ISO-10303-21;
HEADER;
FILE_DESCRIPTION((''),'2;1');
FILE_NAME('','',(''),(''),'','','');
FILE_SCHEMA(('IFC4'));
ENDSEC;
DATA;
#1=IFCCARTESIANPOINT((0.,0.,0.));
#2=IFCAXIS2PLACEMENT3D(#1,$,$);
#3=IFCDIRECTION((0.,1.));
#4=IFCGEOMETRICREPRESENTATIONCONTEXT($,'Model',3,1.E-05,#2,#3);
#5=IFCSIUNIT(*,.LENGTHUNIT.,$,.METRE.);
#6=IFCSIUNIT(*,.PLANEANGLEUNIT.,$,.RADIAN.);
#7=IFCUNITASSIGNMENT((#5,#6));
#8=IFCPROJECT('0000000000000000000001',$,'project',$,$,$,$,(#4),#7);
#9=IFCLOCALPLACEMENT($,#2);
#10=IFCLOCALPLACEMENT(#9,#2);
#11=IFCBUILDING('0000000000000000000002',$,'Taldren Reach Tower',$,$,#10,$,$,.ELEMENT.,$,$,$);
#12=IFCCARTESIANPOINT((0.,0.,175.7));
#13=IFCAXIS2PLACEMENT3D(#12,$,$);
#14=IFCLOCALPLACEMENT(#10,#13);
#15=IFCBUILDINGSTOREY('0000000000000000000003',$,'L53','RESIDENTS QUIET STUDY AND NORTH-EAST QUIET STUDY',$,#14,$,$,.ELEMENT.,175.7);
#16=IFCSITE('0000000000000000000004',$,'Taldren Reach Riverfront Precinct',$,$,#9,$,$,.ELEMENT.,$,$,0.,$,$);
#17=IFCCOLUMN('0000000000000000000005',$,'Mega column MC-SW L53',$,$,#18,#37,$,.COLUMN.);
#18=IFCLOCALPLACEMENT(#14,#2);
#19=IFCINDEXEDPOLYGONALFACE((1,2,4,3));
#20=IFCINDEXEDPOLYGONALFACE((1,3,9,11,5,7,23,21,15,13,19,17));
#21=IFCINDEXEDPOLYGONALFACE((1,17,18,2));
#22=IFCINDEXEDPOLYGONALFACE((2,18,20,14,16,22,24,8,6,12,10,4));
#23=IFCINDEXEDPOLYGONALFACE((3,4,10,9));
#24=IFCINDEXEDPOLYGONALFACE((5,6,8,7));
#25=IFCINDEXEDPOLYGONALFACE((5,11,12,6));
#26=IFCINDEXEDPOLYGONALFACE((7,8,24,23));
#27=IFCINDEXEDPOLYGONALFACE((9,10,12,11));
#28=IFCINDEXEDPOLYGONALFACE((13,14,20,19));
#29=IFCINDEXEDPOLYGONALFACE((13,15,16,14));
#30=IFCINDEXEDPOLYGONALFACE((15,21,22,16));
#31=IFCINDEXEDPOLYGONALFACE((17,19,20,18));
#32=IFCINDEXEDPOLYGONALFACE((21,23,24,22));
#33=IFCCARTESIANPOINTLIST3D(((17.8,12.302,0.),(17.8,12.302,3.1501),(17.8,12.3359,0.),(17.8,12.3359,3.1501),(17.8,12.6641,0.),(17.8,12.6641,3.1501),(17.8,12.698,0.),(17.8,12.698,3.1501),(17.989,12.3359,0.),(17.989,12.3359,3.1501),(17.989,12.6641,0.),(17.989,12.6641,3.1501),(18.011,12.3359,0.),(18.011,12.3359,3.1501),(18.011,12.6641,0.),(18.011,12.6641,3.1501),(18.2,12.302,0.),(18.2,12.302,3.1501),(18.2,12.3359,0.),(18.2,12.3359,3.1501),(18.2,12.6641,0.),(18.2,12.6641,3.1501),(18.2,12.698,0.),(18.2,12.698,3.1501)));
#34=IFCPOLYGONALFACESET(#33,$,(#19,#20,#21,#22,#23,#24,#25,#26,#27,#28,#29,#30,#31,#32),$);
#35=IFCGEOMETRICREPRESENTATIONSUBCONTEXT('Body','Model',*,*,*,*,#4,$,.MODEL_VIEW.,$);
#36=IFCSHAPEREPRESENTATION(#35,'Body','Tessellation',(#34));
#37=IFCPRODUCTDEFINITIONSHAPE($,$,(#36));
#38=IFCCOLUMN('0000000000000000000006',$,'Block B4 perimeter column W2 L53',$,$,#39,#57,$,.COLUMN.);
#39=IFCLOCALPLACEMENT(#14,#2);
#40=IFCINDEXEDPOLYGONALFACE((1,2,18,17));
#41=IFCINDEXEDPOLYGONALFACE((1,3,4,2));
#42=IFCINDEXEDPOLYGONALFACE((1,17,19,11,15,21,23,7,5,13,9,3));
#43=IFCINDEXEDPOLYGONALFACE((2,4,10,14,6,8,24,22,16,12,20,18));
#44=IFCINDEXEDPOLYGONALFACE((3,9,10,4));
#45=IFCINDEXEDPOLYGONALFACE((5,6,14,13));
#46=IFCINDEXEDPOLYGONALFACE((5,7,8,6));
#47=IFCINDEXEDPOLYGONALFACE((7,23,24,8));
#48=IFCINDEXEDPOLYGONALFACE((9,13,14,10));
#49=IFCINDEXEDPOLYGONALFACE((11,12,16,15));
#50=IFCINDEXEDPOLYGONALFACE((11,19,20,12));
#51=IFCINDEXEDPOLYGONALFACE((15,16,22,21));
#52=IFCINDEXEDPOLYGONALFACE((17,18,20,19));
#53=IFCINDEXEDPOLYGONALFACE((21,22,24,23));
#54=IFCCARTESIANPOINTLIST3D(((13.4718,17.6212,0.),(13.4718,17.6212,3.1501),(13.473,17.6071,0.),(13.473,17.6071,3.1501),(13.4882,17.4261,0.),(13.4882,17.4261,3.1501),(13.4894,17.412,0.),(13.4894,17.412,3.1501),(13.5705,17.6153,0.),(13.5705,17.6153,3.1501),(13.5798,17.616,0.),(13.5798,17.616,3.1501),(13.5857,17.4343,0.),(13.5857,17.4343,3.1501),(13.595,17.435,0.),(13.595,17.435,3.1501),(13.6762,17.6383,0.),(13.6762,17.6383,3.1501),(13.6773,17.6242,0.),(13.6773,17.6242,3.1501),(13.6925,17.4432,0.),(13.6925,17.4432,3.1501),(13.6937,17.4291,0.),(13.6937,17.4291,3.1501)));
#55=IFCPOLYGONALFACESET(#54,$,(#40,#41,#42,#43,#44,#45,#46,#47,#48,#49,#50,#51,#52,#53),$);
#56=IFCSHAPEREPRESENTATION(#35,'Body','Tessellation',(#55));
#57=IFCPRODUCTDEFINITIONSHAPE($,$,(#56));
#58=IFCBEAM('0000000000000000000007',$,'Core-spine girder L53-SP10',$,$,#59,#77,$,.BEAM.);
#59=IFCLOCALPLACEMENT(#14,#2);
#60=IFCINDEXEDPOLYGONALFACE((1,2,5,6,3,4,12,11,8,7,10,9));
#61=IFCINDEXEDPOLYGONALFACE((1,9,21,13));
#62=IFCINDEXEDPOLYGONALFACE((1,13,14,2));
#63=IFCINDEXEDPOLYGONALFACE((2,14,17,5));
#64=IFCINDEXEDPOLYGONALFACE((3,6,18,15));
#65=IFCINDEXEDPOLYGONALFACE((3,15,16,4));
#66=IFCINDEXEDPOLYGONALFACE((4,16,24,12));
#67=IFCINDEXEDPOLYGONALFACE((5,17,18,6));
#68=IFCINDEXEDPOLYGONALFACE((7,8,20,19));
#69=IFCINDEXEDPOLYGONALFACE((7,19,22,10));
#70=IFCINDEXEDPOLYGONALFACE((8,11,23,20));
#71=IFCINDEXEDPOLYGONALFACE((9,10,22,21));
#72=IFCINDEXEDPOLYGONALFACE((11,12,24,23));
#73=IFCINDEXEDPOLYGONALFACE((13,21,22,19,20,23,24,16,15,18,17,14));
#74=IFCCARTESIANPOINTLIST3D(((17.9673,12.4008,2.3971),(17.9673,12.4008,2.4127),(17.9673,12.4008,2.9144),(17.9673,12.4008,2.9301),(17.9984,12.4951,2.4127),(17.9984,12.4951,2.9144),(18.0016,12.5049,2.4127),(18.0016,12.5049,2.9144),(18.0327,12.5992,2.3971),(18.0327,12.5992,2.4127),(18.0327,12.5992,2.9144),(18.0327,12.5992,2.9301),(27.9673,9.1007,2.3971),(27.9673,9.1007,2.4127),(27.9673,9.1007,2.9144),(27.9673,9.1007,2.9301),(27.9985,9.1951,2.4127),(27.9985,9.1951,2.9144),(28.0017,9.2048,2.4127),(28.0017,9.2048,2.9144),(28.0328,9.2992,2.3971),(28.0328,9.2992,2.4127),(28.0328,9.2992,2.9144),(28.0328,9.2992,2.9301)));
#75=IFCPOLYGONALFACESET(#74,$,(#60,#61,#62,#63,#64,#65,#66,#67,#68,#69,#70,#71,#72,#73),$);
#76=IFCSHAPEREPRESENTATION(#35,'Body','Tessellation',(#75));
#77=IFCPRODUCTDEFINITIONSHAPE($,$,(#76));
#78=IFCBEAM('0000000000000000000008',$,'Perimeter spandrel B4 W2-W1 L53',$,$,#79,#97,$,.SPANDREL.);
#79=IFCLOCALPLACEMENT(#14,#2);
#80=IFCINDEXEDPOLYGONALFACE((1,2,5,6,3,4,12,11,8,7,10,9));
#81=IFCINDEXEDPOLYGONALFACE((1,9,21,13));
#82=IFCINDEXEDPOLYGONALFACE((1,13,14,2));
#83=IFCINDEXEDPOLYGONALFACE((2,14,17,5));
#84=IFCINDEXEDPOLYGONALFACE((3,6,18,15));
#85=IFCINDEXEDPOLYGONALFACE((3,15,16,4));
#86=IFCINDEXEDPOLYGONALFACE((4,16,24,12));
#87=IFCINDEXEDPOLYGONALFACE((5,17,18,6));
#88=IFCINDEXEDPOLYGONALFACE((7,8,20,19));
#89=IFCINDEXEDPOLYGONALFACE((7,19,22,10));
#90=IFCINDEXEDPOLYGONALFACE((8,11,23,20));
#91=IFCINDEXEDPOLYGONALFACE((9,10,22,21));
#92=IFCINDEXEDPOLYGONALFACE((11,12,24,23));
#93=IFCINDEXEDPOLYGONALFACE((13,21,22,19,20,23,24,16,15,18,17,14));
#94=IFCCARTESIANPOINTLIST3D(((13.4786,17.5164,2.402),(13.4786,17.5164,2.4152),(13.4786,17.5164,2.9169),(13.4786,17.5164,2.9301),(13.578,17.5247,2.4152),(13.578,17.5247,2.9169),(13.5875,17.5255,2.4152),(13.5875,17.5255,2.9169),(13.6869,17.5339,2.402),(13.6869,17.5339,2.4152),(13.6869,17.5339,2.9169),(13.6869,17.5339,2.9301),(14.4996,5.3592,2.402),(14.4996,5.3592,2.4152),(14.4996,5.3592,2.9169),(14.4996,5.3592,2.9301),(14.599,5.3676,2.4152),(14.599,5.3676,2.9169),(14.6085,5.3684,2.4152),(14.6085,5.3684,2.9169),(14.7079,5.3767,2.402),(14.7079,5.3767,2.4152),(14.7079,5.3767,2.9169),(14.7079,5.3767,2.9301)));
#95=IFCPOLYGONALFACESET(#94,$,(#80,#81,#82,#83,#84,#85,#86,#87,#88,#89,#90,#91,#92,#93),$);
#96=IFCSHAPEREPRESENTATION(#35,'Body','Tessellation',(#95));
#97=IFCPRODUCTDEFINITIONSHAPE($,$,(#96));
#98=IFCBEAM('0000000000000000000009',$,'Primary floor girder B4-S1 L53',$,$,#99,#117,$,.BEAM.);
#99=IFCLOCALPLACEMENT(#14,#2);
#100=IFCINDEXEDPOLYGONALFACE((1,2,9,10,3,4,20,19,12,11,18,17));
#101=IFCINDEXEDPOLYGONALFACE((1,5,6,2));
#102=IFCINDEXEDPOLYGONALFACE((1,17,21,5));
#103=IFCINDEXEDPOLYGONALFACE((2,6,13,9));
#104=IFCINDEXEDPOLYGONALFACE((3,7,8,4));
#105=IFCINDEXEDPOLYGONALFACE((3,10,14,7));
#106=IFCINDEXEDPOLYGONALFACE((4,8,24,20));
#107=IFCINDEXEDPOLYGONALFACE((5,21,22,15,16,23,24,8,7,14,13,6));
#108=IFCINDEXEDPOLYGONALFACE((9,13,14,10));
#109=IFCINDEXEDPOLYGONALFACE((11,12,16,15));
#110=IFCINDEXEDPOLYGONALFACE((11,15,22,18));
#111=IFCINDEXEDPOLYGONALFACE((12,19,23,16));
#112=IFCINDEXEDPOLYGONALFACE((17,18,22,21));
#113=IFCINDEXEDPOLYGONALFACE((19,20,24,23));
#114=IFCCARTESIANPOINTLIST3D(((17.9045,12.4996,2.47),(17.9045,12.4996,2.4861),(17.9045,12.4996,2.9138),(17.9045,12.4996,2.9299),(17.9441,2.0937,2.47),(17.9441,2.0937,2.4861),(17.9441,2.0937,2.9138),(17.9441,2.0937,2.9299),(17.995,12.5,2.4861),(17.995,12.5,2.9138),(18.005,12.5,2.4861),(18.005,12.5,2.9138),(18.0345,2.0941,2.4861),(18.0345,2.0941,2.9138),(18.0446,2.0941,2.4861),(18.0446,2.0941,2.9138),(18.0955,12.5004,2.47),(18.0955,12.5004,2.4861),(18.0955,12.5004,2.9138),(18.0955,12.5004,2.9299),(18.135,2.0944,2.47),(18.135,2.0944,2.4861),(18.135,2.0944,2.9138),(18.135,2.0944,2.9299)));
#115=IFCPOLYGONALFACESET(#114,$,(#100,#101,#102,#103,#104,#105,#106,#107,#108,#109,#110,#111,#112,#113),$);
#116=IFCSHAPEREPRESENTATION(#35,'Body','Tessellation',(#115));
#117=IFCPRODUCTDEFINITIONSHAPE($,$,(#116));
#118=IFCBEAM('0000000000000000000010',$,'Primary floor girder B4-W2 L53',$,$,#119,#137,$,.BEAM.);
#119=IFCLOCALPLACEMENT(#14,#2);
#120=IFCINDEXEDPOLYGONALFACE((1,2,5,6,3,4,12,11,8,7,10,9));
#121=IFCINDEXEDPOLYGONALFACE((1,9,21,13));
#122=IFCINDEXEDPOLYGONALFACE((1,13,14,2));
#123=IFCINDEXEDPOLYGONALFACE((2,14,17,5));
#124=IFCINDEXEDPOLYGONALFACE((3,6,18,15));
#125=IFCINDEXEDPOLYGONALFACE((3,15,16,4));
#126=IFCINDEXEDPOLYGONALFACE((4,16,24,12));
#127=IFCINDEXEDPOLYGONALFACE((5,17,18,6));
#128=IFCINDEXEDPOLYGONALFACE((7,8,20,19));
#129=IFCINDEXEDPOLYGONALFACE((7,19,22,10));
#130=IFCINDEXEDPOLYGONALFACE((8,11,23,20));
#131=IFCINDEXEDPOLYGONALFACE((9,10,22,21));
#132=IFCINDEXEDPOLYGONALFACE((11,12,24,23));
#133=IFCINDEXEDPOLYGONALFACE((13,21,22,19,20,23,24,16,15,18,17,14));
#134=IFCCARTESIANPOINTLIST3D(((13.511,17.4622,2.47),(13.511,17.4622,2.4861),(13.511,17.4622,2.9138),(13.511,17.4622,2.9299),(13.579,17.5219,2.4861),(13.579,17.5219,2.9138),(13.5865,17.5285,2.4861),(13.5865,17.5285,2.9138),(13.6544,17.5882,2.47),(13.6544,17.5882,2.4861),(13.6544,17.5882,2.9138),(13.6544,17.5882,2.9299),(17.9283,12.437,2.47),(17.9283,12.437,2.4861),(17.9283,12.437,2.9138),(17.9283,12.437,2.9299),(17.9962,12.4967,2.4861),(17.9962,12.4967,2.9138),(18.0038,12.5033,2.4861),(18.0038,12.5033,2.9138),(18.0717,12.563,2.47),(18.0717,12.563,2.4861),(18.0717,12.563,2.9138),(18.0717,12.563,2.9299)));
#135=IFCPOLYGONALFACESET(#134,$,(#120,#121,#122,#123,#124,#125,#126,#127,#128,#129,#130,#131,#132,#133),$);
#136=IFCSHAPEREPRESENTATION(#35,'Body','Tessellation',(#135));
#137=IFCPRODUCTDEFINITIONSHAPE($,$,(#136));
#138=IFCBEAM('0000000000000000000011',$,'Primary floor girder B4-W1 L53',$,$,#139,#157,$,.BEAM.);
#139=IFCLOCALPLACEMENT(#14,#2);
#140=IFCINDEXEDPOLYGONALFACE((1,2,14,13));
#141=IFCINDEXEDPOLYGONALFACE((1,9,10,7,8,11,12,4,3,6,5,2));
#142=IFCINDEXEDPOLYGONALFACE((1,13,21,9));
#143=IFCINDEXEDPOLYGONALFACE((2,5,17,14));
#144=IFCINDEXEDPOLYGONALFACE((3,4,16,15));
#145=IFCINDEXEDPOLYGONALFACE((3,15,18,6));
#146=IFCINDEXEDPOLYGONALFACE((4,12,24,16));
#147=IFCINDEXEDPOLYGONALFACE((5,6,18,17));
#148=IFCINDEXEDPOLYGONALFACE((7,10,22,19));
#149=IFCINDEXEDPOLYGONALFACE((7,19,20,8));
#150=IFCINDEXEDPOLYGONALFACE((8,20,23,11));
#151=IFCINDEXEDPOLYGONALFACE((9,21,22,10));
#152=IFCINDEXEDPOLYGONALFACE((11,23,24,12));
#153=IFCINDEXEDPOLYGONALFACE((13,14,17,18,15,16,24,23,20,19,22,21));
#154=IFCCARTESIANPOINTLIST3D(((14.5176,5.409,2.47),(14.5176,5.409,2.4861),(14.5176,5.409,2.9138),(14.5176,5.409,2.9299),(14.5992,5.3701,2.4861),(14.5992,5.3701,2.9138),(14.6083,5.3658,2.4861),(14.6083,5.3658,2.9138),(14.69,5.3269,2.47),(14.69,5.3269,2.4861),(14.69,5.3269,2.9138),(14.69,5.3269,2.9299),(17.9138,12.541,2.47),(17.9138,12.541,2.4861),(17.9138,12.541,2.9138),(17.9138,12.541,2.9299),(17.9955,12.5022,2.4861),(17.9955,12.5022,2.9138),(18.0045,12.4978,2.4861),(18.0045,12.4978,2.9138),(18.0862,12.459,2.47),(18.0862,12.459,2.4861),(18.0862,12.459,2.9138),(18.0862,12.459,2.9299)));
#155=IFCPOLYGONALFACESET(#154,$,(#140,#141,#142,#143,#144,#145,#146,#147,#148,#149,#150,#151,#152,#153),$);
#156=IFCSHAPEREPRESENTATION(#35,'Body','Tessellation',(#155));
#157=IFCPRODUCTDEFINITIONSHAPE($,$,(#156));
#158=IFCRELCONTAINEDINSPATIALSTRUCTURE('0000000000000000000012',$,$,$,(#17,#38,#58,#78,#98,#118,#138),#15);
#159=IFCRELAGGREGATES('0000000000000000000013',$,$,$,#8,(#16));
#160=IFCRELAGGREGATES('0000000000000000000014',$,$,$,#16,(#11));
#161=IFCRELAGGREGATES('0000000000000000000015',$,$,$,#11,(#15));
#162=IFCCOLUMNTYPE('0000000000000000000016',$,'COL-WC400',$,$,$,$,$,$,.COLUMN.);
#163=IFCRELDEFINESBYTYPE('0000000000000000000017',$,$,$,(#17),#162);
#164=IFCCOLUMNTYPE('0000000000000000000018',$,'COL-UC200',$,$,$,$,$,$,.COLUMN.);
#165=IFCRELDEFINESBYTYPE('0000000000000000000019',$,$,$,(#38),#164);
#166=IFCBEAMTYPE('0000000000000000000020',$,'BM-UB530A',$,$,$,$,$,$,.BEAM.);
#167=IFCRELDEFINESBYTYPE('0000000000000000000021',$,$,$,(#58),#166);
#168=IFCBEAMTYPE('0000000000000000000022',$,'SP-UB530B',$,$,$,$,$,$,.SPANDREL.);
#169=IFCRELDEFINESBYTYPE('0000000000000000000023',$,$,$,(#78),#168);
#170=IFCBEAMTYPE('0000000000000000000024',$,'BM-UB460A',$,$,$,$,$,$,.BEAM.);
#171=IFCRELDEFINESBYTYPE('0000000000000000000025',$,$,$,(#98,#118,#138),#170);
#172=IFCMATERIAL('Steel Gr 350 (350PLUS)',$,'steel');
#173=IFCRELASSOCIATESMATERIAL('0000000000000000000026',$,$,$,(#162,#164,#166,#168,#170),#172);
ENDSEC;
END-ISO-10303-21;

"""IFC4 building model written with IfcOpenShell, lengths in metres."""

from ifc_helpers import new_model, si_unit, direction, frame, origin, origin_2d, place, context, subcontext, project, spatial, i_section, extrude, source, transform, mapped, material, material_profile, profile_set, type_object, element, save


model = new_model("IFC4")

# Units and contexts
model_context = context("Model", 3, precision=1e-05, world=origin(), true_north=direction((0.0, 1.0)))
body_context = subcontext(model_context, "Body", "Model", "MODEL_VIEW")
ifc_project = project(units=[si_unit("LENGTHUNIT", "METRE"), si_unit("PLANEANGLEUNIT", "RADIAN")], contexts=[model_context])

# Site, building, storey
site_placement = place(None, origin())
site = spatial("IfcSite", under=ifc_project, at=site_placement, Name="Taldren Reach Riverfront Precinct", CompositionType="ELEMENT", RefElevation=0.0)
building_placement = place(site_placement, origin())
building = spatial("IfcBuilding", under=site, at=building_placement, Name="Taldren Reach Tower", CompositionType="ELEMENT")
storey_placement = place(building_placement, frame((0.0, 0.0, 175.7)))
storey = spatial("IfcBuildingStorey", under=building, at=storey_placement, Name="L53", Description="RESIDENTS QUIET STUDY AND NORTH-EAST QUIET STUDY", CompositionType="ELEMENT", Elevation=175.7)

# Columns
ifc_material_1 = material(Name="Steel Gr 350 (350PLUS)", Category="steel")
ifc_material_profile_1 = material_profile(ifc_material_1, i_section(OverallWidth=0.3999, OverallDepth=0.396, WebThickness=0.022, FlangeThickness=0.0339, at=origin_2d()), Name="400WC270")
ifc_profile_set_1 = profile_set([ifc_material_profile_1], Name="Steel Gr 350 (350PLUS)")
column_type_1 = type_object("IfcColumnType", Name="COL-WC400", PredefinedType="COLUMN", material=ifc_profile_set_1)
shared_shape_1 = source(origin(), body_context, "Body", "SweptSolid", [
    extrude(i_section(OverallWidth=0.3999, OverallDepth=0.396, WebThickness=0.022, FlangeThickness=0.0339, at=origin_2d()), origin(), (0.0, 0.0, 1.0), 3.1501),
])
column_1_placement = place(storey_placement, frame((18.0, 12.5, 0.0), z_axis=(0.0, 0.0, 1.0), x_axis=(1.0, 0.0, 0.0)))
element("IfcColumn", 1, at=column_1_placement, inside=storey, type_object=column_type_1, Name="Mega column MC-SW L53", PredefinedType="COLUMN", context=body_context, shape_type="MappedRepresentation", body=[
    mapped(shared_shape_1, transform((0.0, 0.0, 0.0), scale=1.0)),
])
ifc_material_profile_2 = material_profile(ifc_material_1, i_section(OverallWidth=0.2051, OverallDepth=0.21, WebThickness=0.0093, FlangeThickness=0.0142, at=origin_2d()), Name="200UC59.5")
ifc_profile_set_2 = profile_set([ifc_material_profile_2], Name="Steel Gr 350 (350PLUS)")
column_type_2 = type_object("IfcColumnType", Name="COL-UC200", PredefinedType="COLUMN", material=ifc_profile_set_2)
shared_shape_2 = source(origin(), body_context, "Body", "SweptSolid", [
    extrude(i_section(OverallWidth=0.2051, OverallDepth=0.21, WebThickness=0.0093, FlangeThickness=0.0142, at=origin_2d()), origin(), (0.0, 0.0, 1.0), 3.1501),
])
column_2_placement = place(storey_placement, frame((13.5828, 17.5251, 0.0), z_axis=(0.0, 0.0, 1.0), x_axis=(0.996493, 0.083678, 0.0)))
element("IfcColumn", 2, at=column_2_placement, inside=storey, type_object=column_type_2, Name="Block B4 perimeter column W2 L53", PredefinedType="COLUMN", context=body_context, shape_type="MappedRepresentation", body=[
    mapped(shared_shape_2, transform((0.0, 0.0, 0.0), scale=1.0)),
])

# Beams
ifc_material_profile_3 = material_profile(ifc_material_1, i_section(OverallWidth=0.209, OverallDepth=0.533, WebThickness=0.0103, FlangeThickness=0.0156, at=origin_2d()), Name="530UB92.4")
ifc_profile_set_3 = profile_set([ifc_material_profile_3], Name="Steel Gr 350 (350PLUS)")
beam_type_1 = type_object("IfcBeamType", Name="BM-UB530A", PredefinedType="BEAM", material=ifc_profile_set_3)
shared_shape_3 = source(origin(), body_context, "Body", "SweptSolid", [
    extrude(i_section(OverallWidth=0.209, OverallDepth=0.533, WebThickness=0.0103, FlangeThickness=0.0156, at=origin_2d()), origin(), (0.0, 0.0, 1.0), 10.5305),
])
beam_1_placement = place(storey_placement, frame((18.0, 12.5, 2.6636), z_axis=(0.949627, -0.313382, 0.0), x_axis=(0.313382, 0.949627, 0.0)))
element("IfcBeam", 3, at=beam_1_placement, inside=storey, type_object=beam_type_1, Name="Core-spine girder L53-SP10", PredefinedType="BEAM", context=body_context, shape_type="MappedRepresentation", body=[
    mapped(shared_shape_3, transform((0.0, 0.0, 0.0), scale=1.0)),
])
ifc_material_profile_4 = material_profile(ifc_material_1, i_section(OverallWidth=0.209, OverallDepth=0.5281, WebThickness=0.0095, FlangeThickness=0.0132, at=origin_2d()), Name="530UB82.0")
ifc_profile_set_4 = profile_set([ifc_material_profile_4], Name="Steel Gr 350 (350PLUS)")
beam_type_2 = type_object("IfcBeamType", Name="SP-UB530B", PredefinedType="SPANDREL", material=ifc_profile_set_4)
shared_shape_4 = source(origin(), body_context, "Body", "SweptSolid", [
    extrude(i_section(OverallWidth=0.209, OverallDepth=0.5281, WebThickness=0.0095, FlangeThickness=0.0132, at=origin_2d()), origin(), (0.0, 0.0, 1.0), 12.2),
])
beam_2_placement = place(storey_placement, frame((13.5828, 17.5251, 2.666), z_axis=(0.083688, -0.996492, 0.0), x_axis=(0.996492, 0.083688, 0.0)))
element("IfcBeam", 4, at=beam_2_placement, inside=storey, type_object=beam_type_2, Name="Perimeter spandrel B4 W2-W1 L53", PredefinedType="SPANDREL", context=body_context, shape_type="MappedRepresentation", body=[
    mapped(shared_shape_4, transform((0.0, 0.0, 0.0), scale=1.0)),
])
ifc_material_profile_5 = material_profile(ifc_material_1, i_section(OverallWidth=0.1909, OverallDepth=0.46, WebThickness=0.01, FlangeThickness=0.0161, at=origin_2d()), Name="460UB82.1")
ifc_profile_set_5 = profile_set([ifc_material_profile_5], Name="Steel Gr 350 (350PLUS)")
beam_type_3 = type_object("IfcBeamType", Name="BM-UB460A", PredefinedType="BEAM", material=ifc_profile_set_5)
shared_shape_5 = source(origin(), body_context, "Body", "SweptSolid", [
    extrude(i_section(OverallWidth=0.1909, OverallDepth=0.46, WebThickness=0.01, FlangeThickness=0.0161, at=origin_2d()), origin(), (0.0, 0.0, 1.0), 10.406),
])
beam_3_placement = place(storey_placement, frame((18.0, 12.5, 2.7), z_axis=(0.003801, -0.999993, 0.0), x_axis=(0.999993, 0.003801, 0.0)))
element("IfcBeam", 5, at=beam_3_placement, inside=storey, type_object=beam_type_3, Name="Primary floor girder B4-S1 L53", PredefinedType="BEAM", context=body_context, shape_type="MappedRepresentation", body=[
    mapped(shared_shape_5, transform((0.0, 0.0, 0.0), scale=1.0)),
])
shared_shape_6 = source(origin(), body_context, "Body", "SweptSolid", [
    extrude(i_section(OverallWidth=0.1909, OverallDepth=0.46, WebThickness=0.01, FlangeThickness=0.0161, at=origin_2d()), origin(), (0.0, 0.0, 1.0), 6.6907),
])
beam_4_placement = place(storey_placement, frame((18.0, 12.5, 2.7), z_axis=(-0.660216, 0.751076, 0.0), x_axis=(-0.751076, -0.660216, 0.0)))
element("IfcBeam", 6, at=beam_4_placement, inside=storey, type_object=beam_type_3, Name="Primary floor girder B4-W2 L53", PredefinedType="BEAM", context=body_context, shape_type="MappedRepresentation", body=[
    mapped(shared_shape_6, transform((0.0, 0.0, 0.0), scale=1.0)),
])
shared_shape_7 = source(origin(), body_context, "Body", "SweptSolid", [
    extrude(i_section(OverallWidth=0.1909, OverallDepth=0.46, WebThickness=0.01, FlangeThickness=0.0161, at=origin_2d()), origin(), (0.0, 0.0, 1.0), 7.8994),
])
beam_5_placement = place(storey_placement, frame((18.0, 12.5, 2.7), z_axis=(-0.429935, -0.90286, 0.0), x_axis=(0.90286, -0.429935, 0.0)))
element("IfcBeam", 7, at=beam_5_placement, inside=storey, type_object=beam_type_3, Name="Primary floor girder B4-W1 L53", PredefinedType="BEAM", context=body_context, shape_type="MappedRepresentation", body=[
    mapped(shared_shape_7, transform((0.0, 0.0, 0.0), scale=1.0)),
])

save(model, "model.ifc")
